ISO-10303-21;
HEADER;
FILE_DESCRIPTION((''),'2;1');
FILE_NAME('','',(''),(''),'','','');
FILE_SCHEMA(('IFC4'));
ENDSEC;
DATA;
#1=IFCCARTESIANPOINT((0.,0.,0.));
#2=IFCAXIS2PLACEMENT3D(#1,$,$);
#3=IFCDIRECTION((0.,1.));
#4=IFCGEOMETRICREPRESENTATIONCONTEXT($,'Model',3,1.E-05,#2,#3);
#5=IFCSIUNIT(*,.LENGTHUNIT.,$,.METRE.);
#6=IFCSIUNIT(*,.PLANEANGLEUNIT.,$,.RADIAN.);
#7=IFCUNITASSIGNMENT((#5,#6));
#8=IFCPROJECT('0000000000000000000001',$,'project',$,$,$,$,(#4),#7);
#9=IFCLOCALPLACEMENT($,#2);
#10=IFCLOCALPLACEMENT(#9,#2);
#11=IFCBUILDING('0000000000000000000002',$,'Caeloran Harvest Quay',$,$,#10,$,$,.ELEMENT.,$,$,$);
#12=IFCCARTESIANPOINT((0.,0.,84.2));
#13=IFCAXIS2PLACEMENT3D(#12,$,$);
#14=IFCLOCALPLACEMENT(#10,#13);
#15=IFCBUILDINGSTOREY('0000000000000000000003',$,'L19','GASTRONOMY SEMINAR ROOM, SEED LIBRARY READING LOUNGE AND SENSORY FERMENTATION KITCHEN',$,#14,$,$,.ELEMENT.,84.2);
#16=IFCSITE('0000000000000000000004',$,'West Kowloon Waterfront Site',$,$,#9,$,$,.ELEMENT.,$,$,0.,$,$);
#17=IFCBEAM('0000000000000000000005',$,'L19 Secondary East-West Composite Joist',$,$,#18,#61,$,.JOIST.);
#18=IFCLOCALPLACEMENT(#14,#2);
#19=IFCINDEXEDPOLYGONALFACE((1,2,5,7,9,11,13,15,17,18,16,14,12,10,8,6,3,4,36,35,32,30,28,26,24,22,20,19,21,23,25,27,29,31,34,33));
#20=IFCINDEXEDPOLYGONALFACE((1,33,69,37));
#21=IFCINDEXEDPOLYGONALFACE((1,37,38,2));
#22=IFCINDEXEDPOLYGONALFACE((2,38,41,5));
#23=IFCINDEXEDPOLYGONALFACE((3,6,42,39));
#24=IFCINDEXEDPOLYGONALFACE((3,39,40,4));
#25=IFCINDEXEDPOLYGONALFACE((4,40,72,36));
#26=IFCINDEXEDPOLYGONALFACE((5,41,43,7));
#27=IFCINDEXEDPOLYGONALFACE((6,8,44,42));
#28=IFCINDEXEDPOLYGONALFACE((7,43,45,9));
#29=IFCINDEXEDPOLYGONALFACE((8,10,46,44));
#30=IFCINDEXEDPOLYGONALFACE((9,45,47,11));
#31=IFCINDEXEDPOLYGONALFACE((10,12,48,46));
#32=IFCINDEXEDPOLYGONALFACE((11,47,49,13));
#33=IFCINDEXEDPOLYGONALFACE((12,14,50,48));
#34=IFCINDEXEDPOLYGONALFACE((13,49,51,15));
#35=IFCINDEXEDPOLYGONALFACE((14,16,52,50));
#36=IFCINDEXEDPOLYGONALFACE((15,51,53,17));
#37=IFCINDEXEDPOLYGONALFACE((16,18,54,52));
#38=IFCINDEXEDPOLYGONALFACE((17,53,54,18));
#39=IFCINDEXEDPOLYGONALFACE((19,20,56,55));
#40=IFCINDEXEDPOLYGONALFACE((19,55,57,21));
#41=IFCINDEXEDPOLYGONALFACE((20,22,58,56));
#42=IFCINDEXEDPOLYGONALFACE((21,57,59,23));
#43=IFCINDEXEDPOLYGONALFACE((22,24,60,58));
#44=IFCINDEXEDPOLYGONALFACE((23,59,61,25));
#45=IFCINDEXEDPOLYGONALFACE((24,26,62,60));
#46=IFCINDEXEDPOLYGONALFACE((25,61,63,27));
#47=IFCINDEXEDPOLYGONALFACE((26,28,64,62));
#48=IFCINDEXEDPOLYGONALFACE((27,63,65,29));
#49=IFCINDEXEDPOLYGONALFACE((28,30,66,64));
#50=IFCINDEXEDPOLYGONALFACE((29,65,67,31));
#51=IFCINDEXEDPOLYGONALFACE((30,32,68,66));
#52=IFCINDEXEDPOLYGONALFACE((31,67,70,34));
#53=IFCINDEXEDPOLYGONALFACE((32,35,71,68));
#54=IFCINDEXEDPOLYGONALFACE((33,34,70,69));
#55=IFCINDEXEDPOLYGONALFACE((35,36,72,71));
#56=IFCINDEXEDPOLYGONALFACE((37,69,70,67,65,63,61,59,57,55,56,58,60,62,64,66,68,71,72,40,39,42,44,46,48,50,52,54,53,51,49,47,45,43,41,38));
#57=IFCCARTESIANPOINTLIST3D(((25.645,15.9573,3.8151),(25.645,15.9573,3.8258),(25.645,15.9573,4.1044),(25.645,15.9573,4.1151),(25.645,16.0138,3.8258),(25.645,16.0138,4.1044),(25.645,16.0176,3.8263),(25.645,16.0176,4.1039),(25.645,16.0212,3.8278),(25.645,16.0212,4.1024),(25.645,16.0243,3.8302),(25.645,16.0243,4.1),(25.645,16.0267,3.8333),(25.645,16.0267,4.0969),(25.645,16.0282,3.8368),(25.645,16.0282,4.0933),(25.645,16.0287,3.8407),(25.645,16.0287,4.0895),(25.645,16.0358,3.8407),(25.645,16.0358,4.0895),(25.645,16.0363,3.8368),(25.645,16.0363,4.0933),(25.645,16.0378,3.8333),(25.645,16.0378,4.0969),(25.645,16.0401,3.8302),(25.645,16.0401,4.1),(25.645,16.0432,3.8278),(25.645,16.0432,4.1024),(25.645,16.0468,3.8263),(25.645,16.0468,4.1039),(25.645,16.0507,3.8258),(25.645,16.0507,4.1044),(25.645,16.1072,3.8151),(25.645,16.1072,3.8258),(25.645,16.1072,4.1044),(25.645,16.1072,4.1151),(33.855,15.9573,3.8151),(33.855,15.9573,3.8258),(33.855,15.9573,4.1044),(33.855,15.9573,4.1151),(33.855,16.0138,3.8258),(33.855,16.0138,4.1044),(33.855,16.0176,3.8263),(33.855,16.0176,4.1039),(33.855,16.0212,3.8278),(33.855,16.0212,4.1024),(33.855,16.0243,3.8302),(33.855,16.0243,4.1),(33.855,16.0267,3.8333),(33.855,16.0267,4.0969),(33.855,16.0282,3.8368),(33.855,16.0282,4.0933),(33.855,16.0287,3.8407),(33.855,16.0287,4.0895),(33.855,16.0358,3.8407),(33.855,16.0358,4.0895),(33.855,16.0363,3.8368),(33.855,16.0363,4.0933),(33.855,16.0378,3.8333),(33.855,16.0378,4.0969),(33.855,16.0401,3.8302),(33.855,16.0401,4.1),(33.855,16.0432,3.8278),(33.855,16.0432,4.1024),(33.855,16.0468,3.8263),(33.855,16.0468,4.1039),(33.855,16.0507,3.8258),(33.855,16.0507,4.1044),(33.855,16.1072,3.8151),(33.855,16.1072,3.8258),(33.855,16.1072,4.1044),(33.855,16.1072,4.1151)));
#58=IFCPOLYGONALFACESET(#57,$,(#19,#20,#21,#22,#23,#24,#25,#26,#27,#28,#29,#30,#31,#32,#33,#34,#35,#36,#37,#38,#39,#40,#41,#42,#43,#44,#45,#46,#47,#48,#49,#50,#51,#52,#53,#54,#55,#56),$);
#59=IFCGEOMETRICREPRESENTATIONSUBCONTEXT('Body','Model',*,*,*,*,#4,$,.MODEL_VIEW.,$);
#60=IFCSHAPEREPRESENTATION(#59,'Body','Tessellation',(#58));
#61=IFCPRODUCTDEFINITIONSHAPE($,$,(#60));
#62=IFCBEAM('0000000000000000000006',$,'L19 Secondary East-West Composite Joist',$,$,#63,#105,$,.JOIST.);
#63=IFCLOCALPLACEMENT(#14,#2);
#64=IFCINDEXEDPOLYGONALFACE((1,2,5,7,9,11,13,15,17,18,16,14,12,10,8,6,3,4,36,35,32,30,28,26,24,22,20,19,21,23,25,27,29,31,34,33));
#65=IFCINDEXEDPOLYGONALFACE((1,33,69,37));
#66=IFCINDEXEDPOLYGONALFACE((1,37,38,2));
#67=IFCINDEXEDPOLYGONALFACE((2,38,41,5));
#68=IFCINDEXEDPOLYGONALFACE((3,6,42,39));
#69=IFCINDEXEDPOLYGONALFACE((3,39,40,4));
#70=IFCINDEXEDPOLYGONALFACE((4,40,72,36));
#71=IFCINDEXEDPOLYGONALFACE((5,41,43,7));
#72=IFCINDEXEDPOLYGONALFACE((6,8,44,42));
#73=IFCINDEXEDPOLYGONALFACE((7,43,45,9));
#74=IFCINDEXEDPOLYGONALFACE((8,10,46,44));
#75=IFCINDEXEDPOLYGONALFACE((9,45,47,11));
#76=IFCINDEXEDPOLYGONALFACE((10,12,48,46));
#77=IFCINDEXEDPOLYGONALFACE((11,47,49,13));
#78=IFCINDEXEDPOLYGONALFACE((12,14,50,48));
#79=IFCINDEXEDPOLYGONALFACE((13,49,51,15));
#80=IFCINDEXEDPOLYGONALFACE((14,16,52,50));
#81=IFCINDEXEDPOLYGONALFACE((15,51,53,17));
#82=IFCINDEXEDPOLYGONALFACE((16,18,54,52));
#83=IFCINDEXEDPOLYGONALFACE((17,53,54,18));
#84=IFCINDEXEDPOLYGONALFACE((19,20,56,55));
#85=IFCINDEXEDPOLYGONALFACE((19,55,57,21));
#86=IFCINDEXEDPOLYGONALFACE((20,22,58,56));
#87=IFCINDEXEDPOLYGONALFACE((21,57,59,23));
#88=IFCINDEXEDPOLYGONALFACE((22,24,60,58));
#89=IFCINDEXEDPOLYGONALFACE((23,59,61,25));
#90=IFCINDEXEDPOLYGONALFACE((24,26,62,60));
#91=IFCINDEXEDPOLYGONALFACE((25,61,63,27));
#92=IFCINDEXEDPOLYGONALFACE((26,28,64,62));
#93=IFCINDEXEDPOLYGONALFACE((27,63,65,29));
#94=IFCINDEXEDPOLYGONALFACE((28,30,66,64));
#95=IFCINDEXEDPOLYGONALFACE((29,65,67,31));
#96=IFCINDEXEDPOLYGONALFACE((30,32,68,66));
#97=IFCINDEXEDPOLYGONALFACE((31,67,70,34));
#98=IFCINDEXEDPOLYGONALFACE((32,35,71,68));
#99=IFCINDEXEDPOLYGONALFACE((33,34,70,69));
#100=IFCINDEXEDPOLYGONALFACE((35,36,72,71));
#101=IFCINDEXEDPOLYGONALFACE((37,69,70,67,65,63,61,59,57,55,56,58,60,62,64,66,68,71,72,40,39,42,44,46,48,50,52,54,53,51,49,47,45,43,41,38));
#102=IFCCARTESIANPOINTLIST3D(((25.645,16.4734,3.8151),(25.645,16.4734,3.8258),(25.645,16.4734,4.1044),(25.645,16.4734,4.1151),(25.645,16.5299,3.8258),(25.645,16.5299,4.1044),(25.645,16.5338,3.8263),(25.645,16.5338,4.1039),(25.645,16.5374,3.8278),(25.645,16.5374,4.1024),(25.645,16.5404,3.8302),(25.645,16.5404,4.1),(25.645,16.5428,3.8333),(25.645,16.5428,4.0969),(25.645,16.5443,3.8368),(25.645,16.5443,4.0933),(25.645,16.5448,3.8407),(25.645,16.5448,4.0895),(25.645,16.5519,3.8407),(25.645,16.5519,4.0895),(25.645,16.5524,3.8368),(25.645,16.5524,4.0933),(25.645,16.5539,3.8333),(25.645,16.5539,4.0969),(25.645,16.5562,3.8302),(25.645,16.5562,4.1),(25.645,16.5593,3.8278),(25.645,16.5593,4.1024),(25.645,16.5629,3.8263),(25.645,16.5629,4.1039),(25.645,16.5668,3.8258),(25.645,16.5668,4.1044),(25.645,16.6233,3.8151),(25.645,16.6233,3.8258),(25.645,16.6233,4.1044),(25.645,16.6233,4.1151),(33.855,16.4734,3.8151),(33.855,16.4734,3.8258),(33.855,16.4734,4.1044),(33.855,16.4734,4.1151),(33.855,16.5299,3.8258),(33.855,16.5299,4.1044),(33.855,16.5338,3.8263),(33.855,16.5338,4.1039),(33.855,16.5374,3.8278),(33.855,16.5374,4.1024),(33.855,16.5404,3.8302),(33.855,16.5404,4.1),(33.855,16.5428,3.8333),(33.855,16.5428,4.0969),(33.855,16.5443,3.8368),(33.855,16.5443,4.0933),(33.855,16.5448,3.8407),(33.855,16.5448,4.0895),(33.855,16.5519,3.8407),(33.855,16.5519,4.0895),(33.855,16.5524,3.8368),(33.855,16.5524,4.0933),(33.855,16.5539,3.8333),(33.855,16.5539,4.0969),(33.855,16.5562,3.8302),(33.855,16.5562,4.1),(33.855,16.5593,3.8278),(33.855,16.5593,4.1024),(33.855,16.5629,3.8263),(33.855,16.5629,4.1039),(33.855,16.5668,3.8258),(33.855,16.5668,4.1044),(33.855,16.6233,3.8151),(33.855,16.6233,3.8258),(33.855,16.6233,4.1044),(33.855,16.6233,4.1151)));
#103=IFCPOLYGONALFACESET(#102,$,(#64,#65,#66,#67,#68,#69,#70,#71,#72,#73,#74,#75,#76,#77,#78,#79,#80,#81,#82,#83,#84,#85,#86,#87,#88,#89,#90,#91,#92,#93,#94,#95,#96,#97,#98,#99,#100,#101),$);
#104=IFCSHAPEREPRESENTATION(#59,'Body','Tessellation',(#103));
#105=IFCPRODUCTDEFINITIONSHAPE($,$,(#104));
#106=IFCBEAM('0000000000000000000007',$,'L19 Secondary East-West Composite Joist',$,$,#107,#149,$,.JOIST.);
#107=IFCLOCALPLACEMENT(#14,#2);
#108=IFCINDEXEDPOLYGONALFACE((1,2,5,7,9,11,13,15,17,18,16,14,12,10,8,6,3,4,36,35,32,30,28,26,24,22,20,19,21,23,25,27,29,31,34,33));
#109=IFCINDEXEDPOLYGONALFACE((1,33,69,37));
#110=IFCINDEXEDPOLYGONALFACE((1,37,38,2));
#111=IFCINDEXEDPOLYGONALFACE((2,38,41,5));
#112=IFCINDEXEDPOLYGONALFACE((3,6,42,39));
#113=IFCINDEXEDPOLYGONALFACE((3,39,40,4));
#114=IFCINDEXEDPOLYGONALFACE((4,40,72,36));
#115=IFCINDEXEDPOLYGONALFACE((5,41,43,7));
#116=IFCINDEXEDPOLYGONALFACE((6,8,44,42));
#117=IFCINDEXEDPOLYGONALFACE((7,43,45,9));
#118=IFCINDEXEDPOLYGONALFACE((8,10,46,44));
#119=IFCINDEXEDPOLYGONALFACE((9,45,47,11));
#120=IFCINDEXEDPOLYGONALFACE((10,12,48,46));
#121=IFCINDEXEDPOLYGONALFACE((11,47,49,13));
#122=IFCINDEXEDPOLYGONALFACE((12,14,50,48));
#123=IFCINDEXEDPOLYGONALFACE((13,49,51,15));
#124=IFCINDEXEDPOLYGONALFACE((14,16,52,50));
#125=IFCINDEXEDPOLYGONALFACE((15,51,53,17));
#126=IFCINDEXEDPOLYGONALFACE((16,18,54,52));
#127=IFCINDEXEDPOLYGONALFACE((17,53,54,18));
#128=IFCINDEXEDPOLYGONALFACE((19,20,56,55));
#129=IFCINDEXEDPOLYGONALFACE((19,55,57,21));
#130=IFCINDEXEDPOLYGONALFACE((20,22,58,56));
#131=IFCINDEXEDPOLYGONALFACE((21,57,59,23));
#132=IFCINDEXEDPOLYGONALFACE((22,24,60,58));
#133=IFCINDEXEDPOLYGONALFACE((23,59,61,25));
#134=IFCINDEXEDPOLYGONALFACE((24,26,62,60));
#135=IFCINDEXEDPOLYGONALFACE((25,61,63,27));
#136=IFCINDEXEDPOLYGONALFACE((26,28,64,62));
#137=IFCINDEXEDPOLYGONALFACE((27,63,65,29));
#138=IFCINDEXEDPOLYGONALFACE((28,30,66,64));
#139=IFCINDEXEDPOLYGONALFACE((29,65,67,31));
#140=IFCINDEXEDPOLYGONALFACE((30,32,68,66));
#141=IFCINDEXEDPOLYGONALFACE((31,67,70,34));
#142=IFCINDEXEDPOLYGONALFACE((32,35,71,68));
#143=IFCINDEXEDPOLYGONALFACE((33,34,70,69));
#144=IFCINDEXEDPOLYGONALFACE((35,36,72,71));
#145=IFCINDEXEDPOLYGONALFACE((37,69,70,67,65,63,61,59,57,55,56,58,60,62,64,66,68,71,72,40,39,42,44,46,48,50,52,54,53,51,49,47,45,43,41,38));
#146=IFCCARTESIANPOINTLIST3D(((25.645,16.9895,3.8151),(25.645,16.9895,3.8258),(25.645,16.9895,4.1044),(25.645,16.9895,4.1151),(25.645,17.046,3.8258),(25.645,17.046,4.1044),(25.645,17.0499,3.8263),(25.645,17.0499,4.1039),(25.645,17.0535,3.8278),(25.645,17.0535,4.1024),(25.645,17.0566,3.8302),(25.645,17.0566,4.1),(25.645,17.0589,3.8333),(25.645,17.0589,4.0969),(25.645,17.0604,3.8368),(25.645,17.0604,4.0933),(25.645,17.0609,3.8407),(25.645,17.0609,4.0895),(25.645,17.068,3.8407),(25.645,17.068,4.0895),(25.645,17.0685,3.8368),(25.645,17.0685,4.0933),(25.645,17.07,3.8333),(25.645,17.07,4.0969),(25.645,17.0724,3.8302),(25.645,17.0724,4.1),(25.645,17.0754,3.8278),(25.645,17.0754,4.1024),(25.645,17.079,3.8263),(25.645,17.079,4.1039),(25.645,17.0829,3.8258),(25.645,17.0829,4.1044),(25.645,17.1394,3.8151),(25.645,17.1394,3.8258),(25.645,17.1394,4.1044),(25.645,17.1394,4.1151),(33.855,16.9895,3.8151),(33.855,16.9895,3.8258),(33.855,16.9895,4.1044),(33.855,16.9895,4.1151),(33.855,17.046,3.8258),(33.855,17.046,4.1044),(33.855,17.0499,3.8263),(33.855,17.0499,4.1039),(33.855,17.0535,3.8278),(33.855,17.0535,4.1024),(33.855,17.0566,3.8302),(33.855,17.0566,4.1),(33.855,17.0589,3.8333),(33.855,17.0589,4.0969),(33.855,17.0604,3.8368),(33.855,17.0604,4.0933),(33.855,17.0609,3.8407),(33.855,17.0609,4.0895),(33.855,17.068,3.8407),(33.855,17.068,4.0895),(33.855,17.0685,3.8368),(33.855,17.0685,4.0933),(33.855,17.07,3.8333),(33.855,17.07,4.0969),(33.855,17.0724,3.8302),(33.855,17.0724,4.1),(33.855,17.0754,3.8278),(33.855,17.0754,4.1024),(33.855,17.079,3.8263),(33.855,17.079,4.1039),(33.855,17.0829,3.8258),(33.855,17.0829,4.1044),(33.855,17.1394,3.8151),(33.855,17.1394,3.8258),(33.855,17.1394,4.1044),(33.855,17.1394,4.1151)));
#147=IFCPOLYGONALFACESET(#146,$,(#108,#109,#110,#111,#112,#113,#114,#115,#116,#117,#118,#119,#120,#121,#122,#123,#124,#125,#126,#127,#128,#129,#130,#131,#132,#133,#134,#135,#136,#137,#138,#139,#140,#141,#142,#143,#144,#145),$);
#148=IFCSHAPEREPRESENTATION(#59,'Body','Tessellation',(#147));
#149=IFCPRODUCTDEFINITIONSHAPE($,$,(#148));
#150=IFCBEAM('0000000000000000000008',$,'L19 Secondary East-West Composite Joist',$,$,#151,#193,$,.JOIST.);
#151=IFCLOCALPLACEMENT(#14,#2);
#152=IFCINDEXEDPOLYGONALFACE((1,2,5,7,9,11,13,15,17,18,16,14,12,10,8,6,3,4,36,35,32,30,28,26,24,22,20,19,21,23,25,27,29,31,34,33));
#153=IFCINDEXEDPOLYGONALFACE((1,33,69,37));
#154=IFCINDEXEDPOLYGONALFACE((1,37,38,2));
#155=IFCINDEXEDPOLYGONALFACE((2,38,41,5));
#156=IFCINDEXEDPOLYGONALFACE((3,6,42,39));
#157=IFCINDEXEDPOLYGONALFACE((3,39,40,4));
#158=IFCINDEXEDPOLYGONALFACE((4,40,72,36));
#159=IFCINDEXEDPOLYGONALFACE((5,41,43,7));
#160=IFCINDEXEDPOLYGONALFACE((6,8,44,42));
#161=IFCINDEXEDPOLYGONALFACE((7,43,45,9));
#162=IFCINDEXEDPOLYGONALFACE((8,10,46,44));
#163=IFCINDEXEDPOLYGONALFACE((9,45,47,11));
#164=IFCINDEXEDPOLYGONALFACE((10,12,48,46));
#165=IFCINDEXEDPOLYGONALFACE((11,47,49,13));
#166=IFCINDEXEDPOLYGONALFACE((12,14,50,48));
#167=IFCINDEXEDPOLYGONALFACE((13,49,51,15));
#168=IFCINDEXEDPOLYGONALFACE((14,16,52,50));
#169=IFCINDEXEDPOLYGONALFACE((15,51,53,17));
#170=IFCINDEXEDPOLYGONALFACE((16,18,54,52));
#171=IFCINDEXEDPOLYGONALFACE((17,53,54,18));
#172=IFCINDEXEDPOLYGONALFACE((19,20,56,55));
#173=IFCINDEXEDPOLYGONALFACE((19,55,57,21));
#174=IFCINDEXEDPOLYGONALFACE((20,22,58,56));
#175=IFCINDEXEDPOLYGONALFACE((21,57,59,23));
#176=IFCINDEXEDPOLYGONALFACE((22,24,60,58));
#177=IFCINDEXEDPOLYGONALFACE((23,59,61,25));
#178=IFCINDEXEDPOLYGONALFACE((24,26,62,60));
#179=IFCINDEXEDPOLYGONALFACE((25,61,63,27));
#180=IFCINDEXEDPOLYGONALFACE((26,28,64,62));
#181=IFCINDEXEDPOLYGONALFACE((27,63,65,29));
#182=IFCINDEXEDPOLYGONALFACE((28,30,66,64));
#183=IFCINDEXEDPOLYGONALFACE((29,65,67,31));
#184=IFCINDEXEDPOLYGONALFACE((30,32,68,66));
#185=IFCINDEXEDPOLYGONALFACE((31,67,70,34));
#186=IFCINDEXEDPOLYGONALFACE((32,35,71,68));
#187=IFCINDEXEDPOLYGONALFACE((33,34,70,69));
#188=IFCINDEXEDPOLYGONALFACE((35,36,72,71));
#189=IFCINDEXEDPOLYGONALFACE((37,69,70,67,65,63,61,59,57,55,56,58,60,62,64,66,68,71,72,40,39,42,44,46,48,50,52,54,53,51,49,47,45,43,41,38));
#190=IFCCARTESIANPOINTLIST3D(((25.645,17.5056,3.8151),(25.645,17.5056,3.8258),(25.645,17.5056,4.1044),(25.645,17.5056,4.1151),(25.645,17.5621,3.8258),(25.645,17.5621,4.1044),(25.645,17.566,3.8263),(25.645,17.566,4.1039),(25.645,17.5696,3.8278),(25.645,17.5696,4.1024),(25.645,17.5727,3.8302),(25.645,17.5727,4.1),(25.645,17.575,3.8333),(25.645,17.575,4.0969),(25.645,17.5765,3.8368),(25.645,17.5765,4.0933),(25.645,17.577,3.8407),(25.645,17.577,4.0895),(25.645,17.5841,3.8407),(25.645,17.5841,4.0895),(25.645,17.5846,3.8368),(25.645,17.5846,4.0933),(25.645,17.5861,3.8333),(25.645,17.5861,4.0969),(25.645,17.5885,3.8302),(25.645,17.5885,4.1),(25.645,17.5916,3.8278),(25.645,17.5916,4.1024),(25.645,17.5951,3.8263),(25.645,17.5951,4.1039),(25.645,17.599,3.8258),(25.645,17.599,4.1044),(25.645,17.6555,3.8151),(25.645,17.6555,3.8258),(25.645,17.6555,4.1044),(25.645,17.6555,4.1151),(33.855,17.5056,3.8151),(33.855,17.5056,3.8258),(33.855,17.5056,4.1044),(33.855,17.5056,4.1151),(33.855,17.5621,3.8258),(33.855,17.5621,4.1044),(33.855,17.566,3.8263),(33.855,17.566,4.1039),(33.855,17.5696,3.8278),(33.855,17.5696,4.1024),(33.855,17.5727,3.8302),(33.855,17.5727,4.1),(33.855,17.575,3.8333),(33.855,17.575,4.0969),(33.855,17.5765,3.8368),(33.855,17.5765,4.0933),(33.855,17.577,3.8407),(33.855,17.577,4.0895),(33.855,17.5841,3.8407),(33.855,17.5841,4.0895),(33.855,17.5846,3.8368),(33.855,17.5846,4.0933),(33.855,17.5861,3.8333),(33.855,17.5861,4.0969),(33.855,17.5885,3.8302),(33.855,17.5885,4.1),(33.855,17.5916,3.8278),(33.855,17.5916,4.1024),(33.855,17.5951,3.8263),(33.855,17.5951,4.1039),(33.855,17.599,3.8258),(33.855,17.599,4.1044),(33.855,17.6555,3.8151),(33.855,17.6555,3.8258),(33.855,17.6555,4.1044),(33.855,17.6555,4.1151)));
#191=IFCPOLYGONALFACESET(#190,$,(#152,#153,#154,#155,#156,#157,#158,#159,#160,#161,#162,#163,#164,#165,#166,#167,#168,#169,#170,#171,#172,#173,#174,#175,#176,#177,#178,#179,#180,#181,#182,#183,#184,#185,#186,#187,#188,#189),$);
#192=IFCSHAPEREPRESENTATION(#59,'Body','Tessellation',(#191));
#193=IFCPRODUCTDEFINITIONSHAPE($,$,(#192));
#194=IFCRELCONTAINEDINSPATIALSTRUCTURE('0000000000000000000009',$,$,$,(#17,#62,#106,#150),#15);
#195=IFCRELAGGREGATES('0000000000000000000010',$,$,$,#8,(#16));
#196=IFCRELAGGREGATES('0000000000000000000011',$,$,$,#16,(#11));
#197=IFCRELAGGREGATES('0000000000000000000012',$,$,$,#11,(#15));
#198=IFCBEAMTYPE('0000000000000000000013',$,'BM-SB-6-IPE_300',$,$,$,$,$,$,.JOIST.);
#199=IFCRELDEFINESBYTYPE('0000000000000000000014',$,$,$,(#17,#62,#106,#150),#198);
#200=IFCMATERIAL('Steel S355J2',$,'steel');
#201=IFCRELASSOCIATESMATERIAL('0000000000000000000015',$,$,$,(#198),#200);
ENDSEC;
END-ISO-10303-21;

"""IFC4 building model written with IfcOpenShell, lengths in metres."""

from ifc_helpers import new_model, si_unit, direction, frame, origin, origin_2d, place, context, subcontext, project, spatial, i_section, extrude, material, material_profile, profile_set, type_object, element, save


model = new_model("IFC4")

# Units and contexts
model_context = context("Model", 3, precision=1e-05, world=origin(), true_north=direction((0.0, 1.0)))
body_context = subcontext(model_context, "Body", "Model", "MODEL_VIEW")
ifc_project = project(units=[si_unit("LENGTHUNIT", "METRE"), si_unit("PLANEANGLEUNIT", "RADIAN")], contexts=[model_context])

# Site, building, storey
site_placement = place(None, origin())
site = spatial("IfcSite", under=ifc_project, at=site_placement, Name="West Kowloon Waterfront Site", CompositionType="ELEMENT", RefElevation=0.0)
building_placement = place(site_placement, origin())
building = spatial("IfcBuilding", under=site, at=building_placement, Name="Caeloran Harvest Quay", CompositionType="ELEMENT")
storey_placement = place(building_placement, frame((0.0, 0.0, 84.2)))
storey = spatial("IfcBuildingStorey", under=building, at=storey_placement, Name="L19", Description="GASTRONOMY SEMINAR ROOM, SEED LIBRARY READING LOUNGE AND SENSORY FERMENTATION KITCHEN", CompositionType="ELEMENT", Elevation=84.2)

# Beams
ifc_material_1 = material(Name="Steel S355J2", Category="steel")
ifc_material_profile_1 = material_profile(ifc_material_1, i_section(OverallWidth=0.1499, OverallDepth=0.3, WebThickness=0.0071, FlangeThickness=0.0107, FilletRadius=0.0149, at=origin_2d()), Name="IPE 300")
ifc_profile_set_1 = profile_set([ifc_material_profile_1], Name="Steel S355J2")
beam_type_1 = type_object("IfcBeamType", Name="BM-SB-6-IPE_300", PredefinedType="JOIST", material=ifc_profile_set_1)
for number, where, z_axis, x_axis, name in (
    (1, (25.645, 16.0322, 3.9651), (1.0, 0.0, 0.0), (0.0, 1.0, 0.0), "L19 Secondary East-West Composite Joist"),
    (2, (25.645, 16.5483, 3.9651), (1.0, 0.0, 0.0), (0.0, 1.0, 0.0), "L19 Secondary East-West Composite Joist"),
    (3, (25.645, 17.0645, 3.9651), (1.0, 0.0, 0.0), (0.0, 1.0, 0.0), "L19 Secondary East-West Composite Joist"),
    (4, (25.645, 17.5806, 3.9651), (1.0, 0.0, 0.0), (0.0, 1.0, 0.0), "L19 Secondary East-West Composite Joist"),
):
    element("IfcBeam", number, at=place(storey_placement, frame(where, z_axis=z_axis, x_axis=x_axis)), inside=storey, type_object=beam_type_1, Name=name, PredefinedType="JOIST", context=body_context, shape_type="SweptSolid", body=[
        extrude(i_section(OverallWidth=0.1499, OverallDepth=0.3, WebThickness=0.0071, FlangeThickness=0.0107, FilletRadius=0.0149, at=origin_2d()), origin(), (0.0, 0.0, 1.0), 8.21),
    ])

save(model, "model.ifc")
